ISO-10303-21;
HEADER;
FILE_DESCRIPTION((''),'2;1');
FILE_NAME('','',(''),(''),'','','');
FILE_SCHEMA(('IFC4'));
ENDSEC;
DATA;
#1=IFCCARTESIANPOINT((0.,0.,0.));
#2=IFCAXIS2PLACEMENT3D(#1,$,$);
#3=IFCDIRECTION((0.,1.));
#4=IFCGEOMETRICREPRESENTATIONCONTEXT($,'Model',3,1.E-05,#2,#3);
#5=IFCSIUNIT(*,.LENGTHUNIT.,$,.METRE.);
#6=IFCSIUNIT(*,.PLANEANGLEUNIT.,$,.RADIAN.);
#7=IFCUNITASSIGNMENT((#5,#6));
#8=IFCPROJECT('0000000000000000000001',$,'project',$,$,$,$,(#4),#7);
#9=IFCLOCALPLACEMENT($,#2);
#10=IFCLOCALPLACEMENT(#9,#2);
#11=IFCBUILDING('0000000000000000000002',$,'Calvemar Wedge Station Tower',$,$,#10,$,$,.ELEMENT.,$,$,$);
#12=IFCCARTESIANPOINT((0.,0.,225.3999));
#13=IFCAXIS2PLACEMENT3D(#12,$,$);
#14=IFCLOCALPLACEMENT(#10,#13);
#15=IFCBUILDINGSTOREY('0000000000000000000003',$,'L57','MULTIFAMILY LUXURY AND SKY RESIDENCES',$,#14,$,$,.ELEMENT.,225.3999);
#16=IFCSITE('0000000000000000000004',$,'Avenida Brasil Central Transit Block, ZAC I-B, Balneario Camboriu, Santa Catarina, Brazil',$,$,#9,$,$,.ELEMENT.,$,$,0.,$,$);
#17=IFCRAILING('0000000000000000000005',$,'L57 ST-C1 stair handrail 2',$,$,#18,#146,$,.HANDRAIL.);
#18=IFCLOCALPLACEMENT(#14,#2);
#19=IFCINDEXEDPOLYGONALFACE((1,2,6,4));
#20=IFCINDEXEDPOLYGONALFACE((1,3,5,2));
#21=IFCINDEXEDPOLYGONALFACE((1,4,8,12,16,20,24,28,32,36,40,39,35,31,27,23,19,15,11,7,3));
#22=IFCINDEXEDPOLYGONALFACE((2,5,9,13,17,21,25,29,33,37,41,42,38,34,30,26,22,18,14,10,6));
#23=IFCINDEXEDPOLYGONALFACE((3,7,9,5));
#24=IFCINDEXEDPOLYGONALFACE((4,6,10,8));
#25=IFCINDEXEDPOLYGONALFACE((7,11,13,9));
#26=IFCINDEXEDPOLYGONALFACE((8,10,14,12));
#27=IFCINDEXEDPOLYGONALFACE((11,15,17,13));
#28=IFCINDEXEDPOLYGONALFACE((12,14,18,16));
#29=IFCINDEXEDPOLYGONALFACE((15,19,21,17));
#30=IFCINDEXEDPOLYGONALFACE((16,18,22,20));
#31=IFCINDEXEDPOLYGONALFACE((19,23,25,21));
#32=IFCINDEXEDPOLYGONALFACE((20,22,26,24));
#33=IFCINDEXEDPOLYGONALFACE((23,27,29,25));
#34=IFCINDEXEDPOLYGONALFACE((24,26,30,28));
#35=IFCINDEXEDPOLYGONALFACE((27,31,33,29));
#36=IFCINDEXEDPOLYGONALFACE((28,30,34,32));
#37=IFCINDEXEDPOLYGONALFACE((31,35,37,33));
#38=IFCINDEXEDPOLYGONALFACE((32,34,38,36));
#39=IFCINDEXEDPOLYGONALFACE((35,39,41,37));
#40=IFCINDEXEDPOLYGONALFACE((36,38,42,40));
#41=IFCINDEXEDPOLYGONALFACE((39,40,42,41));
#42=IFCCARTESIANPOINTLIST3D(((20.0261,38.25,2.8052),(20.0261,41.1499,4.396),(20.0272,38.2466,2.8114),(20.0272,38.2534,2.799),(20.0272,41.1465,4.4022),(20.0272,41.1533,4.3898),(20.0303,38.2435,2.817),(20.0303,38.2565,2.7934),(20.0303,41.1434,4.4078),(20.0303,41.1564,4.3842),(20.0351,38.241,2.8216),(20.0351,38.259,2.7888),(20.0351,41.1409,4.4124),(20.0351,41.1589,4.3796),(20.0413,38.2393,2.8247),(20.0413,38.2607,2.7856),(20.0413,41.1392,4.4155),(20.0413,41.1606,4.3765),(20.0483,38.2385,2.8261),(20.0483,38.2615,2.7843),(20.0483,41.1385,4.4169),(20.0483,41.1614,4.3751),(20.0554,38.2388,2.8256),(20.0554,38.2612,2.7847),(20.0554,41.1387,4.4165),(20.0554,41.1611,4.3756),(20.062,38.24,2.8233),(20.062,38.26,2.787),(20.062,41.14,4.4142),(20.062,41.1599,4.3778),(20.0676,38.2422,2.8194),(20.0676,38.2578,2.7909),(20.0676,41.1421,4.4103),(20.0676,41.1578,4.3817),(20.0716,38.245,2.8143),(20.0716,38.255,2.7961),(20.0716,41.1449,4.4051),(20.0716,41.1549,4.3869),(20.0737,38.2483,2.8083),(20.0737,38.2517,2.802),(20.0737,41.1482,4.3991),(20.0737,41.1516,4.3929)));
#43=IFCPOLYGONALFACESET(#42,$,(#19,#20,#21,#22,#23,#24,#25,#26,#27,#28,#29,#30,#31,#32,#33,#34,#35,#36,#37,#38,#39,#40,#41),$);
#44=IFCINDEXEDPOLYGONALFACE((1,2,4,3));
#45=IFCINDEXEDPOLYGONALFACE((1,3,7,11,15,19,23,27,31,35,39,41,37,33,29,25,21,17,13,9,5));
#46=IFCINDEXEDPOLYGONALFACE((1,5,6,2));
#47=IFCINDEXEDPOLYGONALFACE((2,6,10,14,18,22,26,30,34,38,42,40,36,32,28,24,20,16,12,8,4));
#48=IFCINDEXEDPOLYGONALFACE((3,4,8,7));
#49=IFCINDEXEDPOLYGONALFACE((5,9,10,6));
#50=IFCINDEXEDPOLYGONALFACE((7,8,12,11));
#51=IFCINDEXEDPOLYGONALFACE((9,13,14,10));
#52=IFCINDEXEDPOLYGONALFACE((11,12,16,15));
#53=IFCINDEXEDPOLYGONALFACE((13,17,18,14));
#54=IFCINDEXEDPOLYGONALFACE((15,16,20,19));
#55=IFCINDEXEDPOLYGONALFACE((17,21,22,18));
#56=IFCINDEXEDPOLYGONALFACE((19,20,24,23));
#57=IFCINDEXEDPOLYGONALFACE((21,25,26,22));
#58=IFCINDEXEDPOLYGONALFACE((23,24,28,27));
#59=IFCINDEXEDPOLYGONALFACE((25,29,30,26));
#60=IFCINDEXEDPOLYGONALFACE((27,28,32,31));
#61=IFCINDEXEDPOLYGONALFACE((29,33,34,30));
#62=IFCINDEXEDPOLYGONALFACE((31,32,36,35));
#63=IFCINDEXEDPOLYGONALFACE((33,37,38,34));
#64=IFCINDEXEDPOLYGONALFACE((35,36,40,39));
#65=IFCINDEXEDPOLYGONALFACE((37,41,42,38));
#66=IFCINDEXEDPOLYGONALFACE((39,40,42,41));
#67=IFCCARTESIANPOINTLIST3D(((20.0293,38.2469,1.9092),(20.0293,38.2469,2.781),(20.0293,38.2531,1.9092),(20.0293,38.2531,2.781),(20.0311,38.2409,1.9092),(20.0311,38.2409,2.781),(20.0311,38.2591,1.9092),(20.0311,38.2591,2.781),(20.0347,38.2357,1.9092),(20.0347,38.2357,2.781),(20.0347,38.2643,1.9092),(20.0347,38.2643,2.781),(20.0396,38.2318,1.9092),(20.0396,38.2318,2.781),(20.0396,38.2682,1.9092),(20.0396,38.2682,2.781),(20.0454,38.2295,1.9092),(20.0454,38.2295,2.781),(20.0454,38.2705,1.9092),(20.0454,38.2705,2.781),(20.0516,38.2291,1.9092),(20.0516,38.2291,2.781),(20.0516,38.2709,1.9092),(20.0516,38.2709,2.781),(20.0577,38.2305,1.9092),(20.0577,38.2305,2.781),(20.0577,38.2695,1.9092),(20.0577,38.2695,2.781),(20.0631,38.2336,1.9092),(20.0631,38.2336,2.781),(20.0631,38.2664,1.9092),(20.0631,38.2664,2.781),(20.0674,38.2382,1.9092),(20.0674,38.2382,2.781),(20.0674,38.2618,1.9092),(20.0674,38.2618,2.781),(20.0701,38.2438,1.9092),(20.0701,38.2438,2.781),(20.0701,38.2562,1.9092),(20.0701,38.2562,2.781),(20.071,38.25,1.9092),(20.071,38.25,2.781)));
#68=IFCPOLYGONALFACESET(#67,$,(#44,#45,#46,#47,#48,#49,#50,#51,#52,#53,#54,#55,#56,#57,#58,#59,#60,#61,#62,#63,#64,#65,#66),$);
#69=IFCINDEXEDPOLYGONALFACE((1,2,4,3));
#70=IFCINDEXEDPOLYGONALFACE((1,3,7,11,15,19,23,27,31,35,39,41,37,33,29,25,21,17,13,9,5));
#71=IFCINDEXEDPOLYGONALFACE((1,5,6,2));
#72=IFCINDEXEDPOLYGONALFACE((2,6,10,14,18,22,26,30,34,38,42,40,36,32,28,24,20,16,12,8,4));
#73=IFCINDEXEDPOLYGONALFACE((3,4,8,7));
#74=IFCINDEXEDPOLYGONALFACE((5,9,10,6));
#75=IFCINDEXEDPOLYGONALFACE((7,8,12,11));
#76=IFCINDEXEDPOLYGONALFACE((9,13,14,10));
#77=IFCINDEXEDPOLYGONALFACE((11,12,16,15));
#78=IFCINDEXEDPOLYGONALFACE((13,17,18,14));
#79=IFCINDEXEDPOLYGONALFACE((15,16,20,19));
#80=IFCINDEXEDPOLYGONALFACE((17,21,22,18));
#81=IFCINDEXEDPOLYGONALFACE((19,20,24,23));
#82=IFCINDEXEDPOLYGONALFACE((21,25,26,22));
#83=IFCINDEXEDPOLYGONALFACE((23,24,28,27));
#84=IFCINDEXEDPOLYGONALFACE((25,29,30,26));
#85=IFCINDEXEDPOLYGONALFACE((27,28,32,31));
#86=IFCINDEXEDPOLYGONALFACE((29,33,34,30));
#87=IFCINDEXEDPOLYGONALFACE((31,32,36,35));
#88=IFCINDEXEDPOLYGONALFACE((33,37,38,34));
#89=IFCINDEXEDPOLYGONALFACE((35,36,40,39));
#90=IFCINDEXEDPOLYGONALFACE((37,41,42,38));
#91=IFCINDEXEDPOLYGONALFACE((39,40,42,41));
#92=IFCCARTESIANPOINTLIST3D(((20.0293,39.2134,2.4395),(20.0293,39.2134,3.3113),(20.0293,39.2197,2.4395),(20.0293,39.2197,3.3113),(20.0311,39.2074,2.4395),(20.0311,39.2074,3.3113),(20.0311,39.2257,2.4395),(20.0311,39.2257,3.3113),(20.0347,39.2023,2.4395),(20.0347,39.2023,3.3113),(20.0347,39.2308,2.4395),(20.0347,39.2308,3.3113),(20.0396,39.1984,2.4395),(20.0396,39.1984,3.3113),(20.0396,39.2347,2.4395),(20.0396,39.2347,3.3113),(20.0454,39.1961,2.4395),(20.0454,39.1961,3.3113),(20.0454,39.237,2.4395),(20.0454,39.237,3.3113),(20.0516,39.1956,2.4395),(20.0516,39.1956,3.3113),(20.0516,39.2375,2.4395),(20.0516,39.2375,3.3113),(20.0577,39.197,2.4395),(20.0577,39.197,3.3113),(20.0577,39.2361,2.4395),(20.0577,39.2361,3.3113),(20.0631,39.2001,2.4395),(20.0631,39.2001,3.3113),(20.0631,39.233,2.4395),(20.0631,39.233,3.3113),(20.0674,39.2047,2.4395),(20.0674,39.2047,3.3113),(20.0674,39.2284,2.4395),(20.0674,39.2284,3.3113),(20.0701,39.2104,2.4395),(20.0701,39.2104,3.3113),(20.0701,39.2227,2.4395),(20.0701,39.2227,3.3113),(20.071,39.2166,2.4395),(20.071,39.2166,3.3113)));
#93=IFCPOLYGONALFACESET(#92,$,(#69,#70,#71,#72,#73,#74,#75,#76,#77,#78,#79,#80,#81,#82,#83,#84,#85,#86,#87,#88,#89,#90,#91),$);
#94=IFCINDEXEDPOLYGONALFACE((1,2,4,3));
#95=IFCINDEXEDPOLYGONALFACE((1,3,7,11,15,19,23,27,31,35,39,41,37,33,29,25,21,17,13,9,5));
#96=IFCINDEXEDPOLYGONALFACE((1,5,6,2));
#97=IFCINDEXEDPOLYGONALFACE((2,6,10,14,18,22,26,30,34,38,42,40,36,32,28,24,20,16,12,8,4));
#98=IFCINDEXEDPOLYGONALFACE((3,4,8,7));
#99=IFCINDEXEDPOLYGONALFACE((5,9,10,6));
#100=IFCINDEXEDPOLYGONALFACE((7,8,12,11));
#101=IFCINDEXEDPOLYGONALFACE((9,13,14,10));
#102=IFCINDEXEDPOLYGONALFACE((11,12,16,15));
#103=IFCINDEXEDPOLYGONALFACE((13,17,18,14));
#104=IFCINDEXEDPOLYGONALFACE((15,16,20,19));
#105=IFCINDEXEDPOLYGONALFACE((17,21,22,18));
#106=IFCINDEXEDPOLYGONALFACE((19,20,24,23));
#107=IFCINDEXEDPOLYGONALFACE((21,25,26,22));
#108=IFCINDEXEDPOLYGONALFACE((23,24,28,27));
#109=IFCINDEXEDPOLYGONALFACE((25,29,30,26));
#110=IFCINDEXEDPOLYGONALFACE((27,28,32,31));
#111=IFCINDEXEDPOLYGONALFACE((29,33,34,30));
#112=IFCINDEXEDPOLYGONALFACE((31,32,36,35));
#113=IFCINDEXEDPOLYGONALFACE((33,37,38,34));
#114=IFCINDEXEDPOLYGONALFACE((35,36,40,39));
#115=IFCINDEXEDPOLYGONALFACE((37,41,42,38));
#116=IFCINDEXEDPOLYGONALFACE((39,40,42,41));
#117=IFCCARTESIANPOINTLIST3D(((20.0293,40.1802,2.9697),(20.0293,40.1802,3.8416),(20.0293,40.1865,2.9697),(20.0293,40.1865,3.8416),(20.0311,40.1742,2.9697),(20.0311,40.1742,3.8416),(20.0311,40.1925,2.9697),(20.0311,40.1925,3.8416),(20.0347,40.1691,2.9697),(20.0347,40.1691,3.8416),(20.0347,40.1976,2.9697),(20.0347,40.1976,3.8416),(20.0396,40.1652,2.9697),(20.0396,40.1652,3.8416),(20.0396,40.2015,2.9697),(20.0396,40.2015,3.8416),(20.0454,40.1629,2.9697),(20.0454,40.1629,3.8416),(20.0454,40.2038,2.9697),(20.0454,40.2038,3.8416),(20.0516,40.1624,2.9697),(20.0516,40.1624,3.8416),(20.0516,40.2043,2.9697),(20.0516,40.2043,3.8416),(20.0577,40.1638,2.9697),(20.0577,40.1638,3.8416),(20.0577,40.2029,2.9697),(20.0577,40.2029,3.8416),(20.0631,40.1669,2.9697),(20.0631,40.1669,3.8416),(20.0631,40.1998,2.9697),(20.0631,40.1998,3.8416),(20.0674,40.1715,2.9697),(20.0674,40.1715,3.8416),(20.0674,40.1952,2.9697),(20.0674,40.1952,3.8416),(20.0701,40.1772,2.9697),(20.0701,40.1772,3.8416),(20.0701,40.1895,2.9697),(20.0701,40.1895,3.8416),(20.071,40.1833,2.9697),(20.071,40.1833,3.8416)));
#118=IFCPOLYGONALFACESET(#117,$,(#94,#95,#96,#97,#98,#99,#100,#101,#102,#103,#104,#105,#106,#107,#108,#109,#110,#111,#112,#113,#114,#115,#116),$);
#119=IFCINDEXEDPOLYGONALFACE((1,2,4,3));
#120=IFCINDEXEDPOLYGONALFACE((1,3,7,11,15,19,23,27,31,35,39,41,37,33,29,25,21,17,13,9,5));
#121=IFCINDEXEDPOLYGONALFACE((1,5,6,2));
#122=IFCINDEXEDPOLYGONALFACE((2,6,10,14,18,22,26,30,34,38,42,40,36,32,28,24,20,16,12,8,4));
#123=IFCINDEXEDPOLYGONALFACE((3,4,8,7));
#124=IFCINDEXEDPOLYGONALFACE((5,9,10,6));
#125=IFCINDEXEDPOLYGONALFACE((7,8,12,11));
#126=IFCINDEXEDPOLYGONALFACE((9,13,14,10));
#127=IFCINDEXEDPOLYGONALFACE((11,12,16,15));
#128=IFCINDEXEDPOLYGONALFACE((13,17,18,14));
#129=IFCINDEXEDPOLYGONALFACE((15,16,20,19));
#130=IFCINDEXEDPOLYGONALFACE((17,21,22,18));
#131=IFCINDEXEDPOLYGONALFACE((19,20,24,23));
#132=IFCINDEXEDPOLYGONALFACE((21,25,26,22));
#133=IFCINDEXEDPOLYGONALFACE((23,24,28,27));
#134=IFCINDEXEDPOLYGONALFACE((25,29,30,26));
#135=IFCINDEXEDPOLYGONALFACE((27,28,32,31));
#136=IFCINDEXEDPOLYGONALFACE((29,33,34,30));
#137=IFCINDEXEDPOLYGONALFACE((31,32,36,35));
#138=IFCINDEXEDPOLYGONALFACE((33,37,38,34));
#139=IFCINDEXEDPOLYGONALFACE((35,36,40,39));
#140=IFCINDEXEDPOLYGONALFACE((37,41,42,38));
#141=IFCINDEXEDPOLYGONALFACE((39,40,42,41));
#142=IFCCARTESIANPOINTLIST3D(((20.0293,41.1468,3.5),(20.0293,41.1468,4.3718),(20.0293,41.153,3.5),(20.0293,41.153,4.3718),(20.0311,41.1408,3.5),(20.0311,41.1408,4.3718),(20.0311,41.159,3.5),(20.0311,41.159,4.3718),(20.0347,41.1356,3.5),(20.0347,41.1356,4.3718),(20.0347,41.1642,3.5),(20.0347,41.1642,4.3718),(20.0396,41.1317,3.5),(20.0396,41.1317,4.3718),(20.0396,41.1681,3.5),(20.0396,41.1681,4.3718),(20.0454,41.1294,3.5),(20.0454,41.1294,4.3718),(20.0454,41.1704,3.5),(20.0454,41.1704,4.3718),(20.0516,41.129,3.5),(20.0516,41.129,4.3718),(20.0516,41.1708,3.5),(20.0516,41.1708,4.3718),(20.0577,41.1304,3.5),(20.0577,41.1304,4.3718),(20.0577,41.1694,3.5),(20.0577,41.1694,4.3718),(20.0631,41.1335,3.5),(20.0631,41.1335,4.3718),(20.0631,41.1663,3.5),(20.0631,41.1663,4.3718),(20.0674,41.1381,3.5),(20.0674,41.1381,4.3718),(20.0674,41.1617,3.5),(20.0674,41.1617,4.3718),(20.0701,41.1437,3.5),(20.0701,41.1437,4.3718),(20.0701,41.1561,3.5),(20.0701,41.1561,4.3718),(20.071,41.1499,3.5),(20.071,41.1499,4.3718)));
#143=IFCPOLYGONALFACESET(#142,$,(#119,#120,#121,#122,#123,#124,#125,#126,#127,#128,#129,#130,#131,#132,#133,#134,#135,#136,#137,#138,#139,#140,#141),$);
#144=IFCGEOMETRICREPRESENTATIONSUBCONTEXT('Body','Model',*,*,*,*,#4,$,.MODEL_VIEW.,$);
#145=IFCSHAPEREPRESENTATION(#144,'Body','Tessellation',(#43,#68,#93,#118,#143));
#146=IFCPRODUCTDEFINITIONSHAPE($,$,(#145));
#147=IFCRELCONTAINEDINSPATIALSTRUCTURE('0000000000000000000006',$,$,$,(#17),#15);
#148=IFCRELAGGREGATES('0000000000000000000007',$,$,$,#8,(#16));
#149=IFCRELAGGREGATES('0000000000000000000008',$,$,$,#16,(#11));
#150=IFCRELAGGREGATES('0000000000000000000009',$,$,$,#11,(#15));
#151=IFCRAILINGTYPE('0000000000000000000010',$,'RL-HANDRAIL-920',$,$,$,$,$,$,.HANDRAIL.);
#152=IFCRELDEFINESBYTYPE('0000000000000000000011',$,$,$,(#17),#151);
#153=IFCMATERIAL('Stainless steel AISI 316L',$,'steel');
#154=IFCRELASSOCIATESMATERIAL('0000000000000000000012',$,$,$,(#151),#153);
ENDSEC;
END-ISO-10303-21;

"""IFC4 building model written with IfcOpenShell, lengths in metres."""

from ifc_helpers import new_model, si_unit, direction, frame, origin, origin_2d, place, context, subcontext, project, spatial, circle, extrude, material, type_object, element, save


model = new_model("IFC4")

# Units and contexts
model_context = context("Model", 3, precision=1e-05, world=origin(), true_north=direction((0.0, 1.0)))
body_context = subcontext(model_context, "Body", "Model", "MODEL_VIEW")
ifc_project = project(units=[si_unit("LENGTHUNIT", "METRE"), si_unit("PLANEANGLEUNIT", "RADIAN")], contexts=[model_context])

# Site, building, storey
site_placement = place(None, origin())
site = spatial("IfcSite", under=ifc_project, at=site_placement, Name="Avenida Brasil Central Transit Block, ZAC I-B, Balneario Camboriu, Santa Catarina, Brazil", CompositionType="ELEMENT", RefElevation=0.0)
building_placement = place(site_placement, origin())
building = spatial("IfcBuilding", under=site, at=building_placement, Name="Calvemar Wedge Station Tower", CompositionType="ELEMENT")
storey_placement = place(building_placement, frame((0.0, 0.0, 225.3999)))
storey = spatial("IfcBuildingStorey", under=building, at=storey_placement, Name="L57", Description="MULTIFAMILY LUXURY AND SKY RESIDENCES", CompositionType="ELEMENT", Elevation=225.3999)

# Railing
ifc_material_1 = material(Name="Stainless steel AISI 316L", Category="steel")
railing_type_1 = type_object("IfcRailingType", Name="RL-HANDRAIL-920", PredefinedType="HANDRAIL", material=ifc_material_1)
railing_1_placement = place(storey_placement, frame((20.05, 38.25, 1.9092)))
element("IfcRailing", 1, at=railing_1_placement, inside=storey, type_object=railing_type_1, Name="L57 ST-C1 stair handrail 2", PredefinedType="HANDRAIL", context=body_context, shape_type="SweptSolid", body=[
    extrude(circle(Radius=0.0239, at=origin_2d()), frame((0.0, 0.0, 0.896), z_axis=(0.0, 0.876742, 0.480961), x_axis=(-1.0, 0.0, 0.0)), (0.0, 0.0, 1.0), 3.3076),
    extrude(circle(Radius=0.021, at=origin_2d()), origin(), (0.0, 0.0, 1.0), 0.8718),
    extrude(circle(Radius=0.021, at=origin_2d()), frame((0.0, 0.9666, 0.5303)), (0.0, 0.0, 1.0), 0.8718),
    extrude(circle(Radius=0.021, at=origin_2d()), frame((0.0, 1.9333, 1.0605)), (0.0, 0.0, 1.0), 0.8718),
    extrude(circle(Radius=0.021, at=origin_2d()), frame((0.0, 2.8999, 1.5908)), (0.0, 0.0, 1.0), 0.8718),
])

save(model, "model.ifc")
